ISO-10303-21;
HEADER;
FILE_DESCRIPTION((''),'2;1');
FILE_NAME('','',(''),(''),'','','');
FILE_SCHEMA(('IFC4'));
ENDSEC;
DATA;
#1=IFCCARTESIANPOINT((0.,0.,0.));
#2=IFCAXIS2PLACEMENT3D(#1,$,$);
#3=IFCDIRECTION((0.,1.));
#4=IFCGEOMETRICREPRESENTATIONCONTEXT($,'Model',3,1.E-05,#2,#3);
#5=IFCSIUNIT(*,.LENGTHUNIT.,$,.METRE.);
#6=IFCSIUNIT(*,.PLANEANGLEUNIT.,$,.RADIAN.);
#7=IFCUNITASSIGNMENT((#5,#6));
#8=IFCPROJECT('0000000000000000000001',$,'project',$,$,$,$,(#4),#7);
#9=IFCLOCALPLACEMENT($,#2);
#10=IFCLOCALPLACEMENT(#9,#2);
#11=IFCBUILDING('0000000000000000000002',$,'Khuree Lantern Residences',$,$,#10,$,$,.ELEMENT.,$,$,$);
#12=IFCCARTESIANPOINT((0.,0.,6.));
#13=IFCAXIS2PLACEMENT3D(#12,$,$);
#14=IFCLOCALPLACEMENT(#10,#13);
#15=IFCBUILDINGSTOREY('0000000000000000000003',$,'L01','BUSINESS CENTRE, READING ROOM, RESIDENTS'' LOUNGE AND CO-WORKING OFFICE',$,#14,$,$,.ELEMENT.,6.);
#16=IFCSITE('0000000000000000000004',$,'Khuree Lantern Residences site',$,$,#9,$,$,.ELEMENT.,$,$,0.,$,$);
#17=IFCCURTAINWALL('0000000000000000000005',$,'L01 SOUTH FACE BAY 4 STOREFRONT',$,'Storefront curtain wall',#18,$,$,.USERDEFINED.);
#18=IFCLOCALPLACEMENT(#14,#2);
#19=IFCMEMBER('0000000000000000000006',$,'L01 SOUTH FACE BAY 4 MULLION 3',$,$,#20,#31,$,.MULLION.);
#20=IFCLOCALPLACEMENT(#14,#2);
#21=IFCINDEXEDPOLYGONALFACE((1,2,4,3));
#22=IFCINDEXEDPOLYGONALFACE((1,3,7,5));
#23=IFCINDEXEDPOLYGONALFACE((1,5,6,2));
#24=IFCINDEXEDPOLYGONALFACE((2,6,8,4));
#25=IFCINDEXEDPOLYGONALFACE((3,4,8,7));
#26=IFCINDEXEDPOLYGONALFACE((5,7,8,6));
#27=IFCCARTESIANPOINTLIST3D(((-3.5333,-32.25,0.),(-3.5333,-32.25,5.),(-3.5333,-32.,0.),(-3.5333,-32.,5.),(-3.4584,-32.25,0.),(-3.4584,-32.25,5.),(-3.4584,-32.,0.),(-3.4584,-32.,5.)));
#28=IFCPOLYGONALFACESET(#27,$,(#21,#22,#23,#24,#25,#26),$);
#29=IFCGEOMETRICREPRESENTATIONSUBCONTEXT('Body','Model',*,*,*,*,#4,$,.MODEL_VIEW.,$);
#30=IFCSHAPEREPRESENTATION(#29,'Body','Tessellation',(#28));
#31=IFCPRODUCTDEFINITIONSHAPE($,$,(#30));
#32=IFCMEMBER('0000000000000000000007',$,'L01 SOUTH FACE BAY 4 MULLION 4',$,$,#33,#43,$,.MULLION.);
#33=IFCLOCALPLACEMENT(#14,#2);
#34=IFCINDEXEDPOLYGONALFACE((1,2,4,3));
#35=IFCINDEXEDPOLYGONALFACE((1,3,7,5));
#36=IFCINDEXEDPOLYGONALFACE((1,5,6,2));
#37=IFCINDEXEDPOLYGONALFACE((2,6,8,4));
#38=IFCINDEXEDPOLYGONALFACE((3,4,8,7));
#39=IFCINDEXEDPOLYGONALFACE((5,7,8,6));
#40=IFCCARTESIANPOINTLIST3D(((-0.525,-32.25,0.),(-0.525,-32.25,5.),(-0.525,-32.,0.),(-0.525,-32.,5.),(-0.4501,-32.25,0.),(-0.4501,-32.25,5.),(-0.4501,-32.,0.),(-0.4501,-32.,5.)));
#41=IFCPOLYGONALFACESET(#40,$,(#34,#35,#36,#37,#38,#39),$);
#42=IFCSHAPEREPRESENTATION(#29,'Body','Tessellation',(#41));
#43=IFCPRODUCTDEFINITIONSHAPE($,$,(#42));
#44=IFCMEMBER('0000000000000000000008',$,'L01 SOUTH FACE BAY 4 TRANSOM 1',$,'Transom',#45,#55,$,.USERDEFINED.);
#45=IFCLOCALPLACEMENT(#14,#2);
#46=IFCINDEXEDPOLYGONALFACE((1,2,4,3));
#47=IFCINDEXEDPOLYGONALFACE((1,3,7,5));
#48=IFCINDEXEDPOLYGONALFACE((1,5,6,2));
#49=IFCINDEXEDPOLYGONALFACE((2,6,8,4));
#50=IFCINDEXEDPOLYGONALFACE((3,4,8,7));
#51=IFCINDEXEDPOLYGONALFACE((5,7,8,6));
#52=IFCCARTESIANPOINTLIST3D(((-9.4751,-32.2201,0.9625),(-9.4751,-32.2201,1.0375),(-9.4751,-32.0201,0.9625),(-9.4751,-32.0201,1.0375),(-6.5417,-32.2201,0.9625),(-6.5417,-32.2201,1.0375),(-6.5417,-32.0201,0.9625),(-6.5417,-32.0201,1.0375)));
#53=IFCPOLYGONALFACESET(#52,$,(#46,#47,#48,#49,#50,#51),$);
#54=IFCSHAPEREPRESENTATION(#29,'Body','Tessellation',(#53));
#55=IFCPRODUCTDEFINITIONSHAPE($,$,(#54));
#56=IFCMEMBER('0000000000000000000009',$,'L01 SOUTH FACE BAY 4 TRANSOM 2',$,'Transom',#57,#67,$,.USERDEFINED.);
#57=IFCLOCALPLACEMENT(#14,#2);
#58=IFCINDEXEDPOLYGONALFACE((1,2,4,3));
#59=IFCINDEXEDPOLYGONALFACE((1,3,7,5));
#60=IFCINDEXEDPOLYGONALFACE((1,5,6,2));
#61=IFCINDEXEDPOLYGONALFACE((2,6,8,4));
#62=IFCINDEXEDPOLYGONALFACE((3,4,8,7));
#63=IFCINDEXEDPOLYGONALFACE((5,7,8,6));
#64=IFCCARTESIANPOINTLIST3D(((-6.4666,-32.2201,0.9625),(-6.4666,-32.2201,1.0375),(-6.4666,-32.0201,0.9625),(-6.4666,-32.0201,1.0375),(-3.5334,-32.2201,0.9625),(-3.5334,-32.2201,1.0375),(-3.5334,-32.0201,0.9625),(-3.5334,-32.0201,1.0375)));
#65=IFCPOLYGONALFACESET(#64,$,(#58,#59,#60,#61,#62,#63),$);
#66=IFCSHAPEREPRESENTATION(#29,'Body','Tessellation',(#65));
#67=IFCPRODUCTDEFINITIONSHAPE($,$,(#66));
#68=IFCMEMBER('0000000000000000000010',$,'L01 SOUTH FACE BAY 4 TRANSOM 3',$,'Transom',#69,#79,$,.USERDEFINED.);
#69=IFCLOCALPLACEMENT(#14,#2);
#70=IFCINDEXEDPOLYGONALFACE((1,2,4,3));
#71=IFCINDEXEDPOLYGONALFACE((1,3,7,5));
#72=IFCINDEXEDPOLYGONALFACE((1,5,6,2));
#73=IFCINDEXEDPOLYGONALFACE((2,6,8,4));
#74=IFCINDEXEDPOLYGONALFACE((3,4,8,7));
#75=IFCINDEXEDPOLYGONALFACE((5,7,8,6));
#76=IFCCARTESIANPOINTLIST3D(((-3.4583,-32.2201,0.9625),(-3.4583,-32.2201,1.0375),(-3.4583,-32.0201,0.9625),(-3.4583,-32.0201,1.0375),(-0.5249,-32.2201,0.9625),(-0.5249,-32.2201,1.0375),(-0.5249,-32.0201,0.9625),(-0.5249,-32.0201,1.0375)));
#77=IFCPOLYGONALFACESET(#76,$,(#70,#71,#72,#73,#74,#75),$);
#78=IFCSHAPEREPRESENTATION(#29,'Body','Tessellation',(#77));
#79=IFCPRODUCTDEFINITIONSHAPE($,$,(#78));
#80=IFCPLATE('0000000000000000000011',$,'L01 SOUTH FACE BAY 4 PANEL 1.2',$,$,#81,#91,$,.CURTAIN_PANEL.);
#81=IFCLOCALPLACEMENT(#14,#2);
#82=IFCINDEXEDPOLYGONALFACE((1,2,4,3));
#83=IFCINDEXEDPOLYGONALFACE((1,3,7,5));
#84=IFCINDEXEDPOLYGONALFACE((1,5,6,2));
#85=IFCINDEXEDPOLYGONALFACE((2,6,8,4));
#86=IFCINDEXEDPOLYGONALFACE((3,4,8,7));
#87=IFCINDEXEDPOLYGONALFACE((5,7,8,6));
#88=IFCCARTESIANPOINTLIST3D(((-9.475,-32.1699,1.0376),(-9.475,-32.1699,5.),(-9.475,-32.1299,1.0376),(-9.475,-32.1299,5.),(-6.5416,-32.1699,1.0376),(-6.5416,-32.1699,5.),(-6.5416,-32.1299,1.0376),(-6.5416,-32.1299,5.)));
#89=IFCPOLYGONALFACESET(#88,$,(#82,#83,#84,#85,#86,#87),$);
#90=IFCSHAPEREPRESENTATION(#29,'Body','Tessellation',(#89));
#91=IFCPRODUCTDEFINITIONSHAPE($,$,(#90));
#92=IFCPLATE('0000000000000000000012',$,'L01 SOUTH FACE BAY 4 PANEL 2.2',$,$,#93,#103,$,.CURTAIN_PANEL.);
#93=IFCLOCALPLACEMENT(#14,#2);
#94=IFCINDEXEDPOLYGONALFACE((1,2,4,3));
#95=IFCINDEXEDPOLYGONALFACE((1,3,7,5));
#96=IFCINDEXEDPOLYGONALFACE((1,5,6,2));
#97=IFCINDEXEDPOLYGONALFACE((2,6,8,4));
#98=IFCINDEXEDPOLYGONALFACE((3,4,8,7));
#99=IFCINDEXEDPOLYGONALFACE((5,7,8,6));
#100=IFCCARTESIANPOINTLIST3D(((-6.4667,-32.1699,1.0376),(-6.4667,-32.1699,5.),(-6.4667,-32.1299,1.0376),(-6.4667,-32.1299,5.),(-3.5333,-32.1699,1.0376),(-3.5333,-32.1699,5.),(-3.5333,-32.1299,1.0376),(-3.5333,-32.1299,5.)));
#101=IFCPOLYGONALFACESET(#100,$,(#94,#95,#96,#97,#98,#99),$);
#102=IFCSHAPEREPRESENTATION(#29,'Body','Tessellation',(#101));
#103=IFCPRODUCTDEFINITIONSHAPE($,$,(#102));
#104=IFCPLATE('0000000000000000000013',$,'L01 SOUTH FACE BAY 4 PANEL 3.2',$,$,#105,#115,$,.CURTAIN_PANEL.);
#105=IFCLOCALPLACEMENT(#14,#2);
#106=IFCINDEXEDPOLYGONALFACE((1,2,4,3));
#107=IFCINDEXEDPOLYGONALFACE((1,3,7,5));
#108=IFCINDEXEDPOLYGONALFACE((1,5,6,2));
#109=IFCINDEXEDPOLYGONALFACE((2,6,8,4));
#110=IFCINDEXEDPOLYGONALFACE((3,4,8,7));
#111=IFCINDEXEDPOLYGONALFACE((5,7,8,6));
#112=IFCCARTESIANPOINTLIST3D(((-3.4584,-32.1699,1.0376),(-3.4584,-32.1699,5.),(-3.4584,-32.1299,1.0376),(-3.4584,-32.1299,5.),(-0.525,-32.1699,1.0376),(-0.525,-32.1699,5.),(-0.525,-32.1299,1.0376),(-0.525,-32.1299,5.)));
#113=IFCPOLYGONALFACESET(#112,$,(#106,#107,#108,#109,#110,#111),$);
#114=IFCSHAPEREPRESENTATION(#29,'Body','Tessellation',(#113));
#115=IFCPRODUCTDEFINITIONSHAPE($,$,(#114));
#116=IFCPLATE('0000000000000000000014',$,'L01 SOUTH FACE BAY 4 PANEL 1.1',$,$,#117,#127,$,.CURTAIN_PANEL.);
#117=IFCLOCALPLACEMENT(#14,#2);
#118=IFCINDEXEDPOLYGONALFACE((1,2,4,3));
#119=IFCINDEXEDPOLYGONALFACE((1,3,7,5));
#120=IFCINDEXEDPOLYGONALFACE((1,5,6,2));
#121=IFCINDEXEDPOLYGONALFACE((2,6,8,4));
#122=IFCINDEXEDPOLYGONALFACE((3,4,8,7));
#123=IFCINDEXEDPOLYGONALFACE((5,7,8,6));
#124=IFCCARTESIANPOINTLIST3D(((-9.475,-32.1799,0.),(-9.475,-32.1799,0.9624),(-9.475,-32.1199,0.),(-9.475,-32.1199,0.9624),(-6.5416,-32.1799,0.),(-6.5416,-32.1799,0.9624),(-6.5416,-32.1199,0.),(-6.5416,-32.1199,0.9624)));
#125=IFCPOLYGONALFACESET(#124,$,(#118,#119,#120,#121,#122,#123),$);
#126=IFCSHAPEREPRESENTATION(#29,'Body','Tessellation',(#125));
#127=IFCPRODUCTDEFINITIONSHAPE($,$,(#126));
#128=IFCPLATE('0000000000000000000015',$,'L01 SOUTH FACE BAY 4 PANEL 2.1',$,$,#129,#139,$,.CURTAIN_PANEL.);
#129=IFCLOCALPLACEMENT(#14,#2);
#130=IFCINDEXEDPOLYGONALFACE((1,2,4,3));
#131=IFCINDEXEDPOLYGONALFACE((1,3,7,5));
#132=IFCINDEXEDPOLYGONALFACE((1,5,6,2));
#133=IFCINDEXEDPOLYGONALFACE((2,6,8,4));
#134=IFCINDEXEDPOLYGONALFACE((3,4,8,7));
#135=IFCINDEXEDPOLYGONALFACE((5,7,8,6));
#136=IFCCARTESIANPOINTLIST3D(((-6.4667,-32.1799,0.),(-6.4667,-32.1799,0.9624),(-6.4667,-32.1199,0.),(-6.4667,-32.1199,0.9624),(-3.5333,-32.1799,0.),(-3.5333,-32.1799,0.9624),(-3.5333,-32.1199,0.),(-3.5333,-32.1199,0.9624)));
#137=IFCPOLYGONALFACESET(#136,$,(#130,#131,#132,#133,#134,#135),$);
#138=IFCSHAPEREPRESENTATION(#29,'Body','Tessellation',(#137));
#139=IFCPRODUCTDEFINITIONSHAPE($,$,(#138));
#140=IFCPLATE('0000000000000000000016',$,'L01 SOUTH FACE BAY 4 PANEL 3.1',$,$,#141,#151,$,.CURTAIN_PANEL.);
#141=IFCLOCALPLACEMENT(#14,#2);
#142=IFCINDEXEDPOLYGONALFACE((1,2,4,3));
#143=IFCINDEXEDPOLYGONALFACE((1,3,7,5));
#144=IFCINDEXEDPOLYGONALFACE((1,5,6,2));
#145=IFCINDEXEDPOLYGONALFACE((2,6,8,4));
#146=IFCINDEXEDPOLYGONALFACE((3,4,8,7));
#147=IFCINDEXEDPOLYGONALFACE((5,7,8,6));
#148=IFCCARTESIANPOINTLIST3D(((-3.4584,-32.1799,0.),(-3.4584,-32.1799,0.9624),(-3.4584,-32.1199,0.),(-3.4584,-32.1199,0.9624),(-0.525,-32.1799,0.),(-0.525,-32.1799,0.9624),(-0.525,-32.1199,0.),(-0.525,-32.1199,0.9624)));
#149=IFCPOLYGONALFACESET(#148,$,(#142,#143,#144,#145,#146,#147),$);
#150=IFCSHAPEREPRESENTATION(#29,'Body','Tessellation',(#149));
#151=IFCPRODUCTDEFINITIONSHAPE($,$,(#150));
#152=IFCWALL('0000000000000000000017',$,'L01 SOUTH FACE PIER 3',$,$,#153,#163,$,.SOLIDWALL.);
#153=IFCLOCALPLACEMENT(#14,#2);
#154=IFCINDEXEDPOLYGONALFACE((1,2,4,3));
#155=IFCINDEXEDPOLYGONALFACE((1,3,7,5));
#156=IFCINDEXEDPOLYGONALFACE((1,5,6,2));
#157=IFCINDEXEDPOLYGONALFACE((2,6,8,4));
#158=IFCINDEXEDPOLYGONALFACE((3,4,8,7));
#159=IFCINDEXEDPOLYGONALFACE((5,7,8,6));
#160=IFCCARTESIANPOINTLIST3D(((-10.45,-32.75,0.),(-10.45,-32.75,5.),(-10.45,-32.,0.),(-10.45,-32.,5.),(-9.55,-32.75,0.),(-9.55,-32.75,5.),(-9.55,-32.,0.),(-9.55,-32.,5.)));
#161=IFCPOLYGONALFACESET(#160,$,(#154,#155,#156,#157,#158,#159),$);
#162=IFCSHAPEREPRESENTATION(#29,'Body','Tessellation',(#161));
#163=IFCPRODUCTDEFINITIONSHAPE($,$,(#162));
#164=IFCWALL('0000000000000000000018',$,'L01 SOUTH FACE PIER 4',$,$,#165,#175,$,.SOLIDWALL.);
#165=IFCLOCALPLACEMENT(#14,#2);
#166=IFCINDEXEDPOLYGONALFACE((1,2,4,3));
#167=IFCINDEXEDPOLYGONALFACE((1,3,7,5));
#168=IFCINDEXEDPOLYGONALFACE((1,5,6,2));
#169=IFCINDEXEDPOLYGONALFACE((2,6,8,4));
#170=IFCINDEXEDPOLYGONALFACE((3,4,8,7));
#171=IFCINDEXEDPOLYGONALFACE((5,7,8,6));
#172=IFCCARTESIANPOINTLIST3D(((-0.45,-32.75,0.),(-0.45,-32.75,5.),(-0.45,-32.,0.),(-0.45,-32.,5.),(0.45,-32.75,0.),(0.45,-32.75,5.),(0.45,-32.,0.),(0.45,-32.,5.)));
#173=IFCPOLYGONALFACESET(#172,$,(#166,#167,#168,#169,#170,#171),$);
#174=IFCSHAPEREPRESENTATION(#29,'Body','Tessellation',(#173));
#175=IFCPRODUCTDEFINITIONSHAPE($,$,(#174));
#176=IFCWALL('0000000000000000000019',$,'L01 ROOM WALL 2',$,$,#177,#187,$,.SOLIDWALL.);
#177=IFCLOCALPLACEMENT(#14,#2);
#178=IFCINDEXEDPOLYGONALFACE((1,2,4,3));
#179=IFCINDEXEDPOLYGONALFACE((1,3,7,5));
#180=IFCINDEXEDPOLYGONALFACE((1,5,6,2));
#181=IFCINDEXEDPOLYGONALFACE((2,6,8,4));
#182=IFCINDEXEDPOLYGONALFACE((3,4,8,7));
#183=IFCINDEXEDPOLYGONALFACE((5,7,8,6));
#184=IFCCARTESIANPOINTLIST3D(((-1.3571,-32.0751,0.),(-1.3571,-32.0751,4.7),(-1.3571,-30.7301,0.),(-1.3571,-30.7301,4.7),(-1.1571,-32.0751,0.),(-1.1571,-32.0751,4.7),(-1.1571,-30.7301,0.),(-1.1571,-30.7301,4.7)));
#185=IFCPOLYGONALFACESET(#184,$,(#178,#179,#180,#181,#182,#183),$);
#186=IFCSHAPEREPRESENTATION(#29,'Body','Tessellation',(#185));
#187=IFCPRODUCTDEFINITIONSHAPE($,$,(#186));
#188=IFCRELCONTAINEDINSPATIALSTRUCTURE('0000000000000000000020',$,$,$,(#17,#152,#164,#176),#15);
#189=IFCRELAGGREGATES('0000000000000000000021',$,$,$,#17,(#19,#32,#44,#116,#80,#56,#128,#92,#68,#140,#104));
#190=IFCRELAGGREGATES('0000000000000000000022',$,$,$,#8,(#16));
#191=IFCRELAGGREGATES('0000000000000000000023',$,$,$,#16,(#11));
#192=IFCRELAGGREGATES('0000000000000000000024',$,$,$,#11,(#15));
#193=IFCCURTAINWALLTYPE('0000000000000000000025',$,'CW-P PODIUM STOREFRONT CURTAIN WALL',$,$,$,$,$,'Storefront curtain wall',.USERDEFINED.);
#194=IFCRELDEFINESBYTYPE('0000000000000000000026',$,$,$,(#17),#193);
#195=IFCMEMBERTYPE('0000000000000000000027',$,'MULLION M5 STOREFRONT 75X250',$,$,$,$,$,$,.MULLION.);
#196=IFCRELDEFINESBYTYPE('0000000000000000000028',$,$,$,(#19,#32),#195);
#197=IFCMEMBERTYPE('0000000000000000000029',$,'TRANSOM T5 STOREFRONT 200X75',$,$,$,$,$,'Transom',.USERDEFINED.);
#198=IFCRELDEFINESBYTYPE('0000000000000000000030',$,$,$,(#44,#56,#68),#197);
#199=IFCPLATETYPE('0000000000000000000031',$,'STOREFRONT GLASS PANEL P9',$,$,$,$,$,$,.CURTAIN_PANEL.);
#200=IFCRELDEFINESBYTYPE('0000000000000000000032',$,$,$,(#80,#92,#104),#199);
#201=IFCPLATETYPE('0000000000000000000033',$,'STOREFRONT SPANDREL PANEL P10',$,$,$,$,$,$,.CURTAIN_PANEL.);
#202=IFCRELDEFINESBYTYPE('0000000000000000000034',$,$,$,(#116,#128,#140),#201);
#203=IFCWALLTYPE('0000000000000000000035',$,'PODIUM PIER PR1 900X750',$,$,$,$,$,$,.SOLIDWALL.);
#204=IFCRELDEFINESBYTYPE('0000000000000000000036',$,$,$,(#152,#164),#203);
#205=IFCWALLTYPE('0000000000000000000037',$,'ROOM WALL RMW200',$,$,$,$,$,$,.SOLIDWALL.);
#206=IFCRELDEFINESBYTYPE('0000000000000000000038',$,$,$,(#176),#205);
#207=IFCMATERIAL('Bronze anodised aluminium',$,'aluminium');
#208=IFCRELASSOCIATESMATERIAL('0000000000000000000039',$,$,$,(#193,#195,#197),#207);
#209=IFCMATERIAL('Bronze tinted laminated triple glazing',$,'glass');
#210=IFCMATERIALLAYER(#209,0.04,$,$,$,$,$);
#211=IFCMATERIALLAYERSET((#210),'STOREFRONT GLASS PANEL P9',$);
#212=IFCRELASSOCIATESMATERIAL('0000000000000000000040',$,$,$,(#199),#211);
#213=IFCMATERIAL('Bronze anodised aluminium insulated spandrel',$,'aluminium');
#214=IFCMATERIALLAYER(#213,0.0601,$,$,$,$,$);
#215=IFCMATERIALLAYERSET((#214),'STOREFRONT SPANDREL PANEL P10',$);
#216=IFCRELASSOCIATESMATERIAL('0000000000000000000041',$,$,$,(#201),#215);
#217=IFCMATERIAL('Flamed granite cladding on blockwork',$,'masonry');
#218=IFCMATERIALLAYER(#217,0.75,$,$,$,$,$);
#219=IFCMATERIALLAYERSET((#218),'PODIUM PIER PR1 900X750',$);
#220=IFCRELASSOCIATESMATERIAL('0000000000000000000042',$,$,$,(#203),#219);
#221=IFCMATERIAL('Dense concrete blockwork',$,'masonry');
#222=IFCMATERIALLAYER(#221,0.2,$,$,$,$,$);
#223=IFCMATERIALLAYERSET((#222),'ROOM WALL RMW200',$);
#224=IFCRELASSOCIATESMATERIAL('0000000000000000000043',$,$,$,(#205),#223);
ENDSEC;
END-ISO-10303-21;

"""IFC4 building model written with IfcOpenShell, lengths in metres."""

from ifc_helpers import new_model, si_unit, direction, frame, frame_2d, origin, origin_2d, place, context, subcontext, project, spatial, rectangle, extrude, material, layer, layer_set, material_profile, profile_set, type_object, element, aggregate, save


model = new_model("IFC4")

# Units and contexts
model_context = context("Model", 3, precision=1e-05, world=origin(), true_north=direction((0.0, 1.0)))
body_context = subcontext(model_context, "Body", "Model", "MODEL_VIEW")
ifc_project = project(units=[si_unit("LENGTHUNIT", "METRE"), si_unit("PLANEANGLEUNIT", "RADIAN")], contexts=[model_context])

# Site, building, storey
site_placement = place(None, origin())
site = spatial("IfcSite", under=ifc_project, at=site_placement, Name="Khuree Lantern Residences site", CompositionType="ELEMENT", RefElevation=0.0)
building_placement = place(site_placement, origin())
building = spatial("IfcBuilding", under=site, at=building_placement, Name="Khuree Lantern Residences", CompositionType="ELEMENT")
storey_placement = place(building_placement, frame((0.0, 0.0, 6.0)))
storey = spatial("IfcBuildingStorey", under=building, at=storey_placement, Name="L01", Description="BUSINESS CENTRE, READING ROOM, RESIDENTS' LOUNGE AND CO-WORKING OFFICE", CompositionType="ELEMENT", Elevation=6.0)

# Curtain wall, members, plates
ifc_material_1 = material(Name="Bronze anodised aluminium", Category="aluminium")
curtain_wall_type = type_object("IfcCurtainWallType", Name="CW-P PODIUM STOREFRONT CURTAIN WALL", ElementType="Storefront curtain wall", PredefinedType="USERDEFINED", material=ifc_material_1)
curtain_wall_placement = place(storey_placement, origin())
curtain_wall = element("IfcCurtainWall", 1, at=curtain_wall_placement, inside=storey, type_object=curtain_wall_type, Name="L01 SOUTH FACE BAY 4 STOREFRONT", ObjectType="Storefront curtain wall", PredefinedType="USERDEFINED")
ifc_material_profile_1 = material_profile(ifc_material_1, rectangle(XDim=0.075, YDim=0.25, at=origin_2d()), Name="M5 75X250")
ifc_profile_set_1 = profile_set([ifc_material_profile_1], Name="Bronze anodised aluminium")
member_type_1 = type_object("IfcMemberType", Name="MULLION M5 STOREFRONT 75X250", PredefinedType="MULLION", material=ifc_profile_set_1)
member_1_placement = place(storey_placement, frame((-3.4958, -32.125, 0.0), z_axis=(0.0, 0.0, 1.0), x_axis=(1.0, 0.0, 0.0)))
member_1 = element("IfcMember", 2, at=member_1_placement, type_object=member_type_1, Name="L01 SOUTH FACE BAY 4 MULLION 3", PredefinedType="MULLION", context=body_context, shape_type="SweptSolid", body=[
    extrude(rectangle(XDim=0.075, YDim=0.25, at=origin_2d()), origin(), (0.0, 0.0, 1.0), 5.0),
])
member_2_placement = place(storey_placement, frame((-0.4875, -32.125, 0.0), z_axis=(0.0, 0.0, 1.0), x_axis=(1.0, 0.0, 0.0)))
member_2 = element("IfcMember", 3, at=member_2_placement, type_object=member_type_1, Name="L01 SOUTH FACE BAY 4 MULLION 4", PredefinedType="MULLION", context=body_context, shape_type="SweptSolid", body=[
    extrude(rectangle(XDim=0.075, YDim=0.25, at=origin_2d()), origin(), (0.0, 0.0, 1.0), 5.0),
])
ifc_material_profile_2 = material_profile(ifc_material_1, rectangle(XDim=0.2, YDim=0.075, at=origin_2d()), Name="T5 200X75")
ifc_profile_set_2 = profile_set([ifc_material_profile_2], Name="Bronze anodised aluminium")
member_type_2 = type_object("IfcMemberType", Name="TRANSOM T5 STOREFRONT 200X75", ElementType="Transom", PredefinedType="USERDEFINED", material=ifc_profile_set_2)
member_3_placement = place(storey_placement, frame((-9.4751, -32.1201, 1.0), z_axis=(1.0, 0.0, 0.0), x_axis=(0.0, 1.0, 0.0)))
member_3 = element("IfcMember", 4, at=member_3_placement, type_object=member_type_2, Name="L01 SOUTH FACE BAY 4 TRANSOM 1", ObjectType="Transom", PredefinedType="USERDEFINED", context=body_context, shape_type="SweptSolid", body=[
    extrude(rectangle(XDim=0.2, YDim=0.075, at=origin_2d()), origin(), (0.0, 0.0, 1.0), 2.9333),
])
member_4_placement = place(storey_placement, frame((-6.4666, -32.1201, 1.0), z_axis=(1.0, 0.0, 0.0), x_axis=(0.0, 1.0, 0.0)))
member_4 = element("IfcMember", 5, at=member_4_placement, type_object=member_type_2, Name="L01 SOUTH FACE BAY 4 TRANSOM 2", ObjectType="Transom", PredefinedType="USERDEFINED", context=body_context, shape_type="SweptSolid", body=[
    extrude(rectangle(XDim=0.2, YDim=0.075, at=origin_2d()), origin(), (0.0, 0.0, 1.0), 2.9331),
])
member_5_placement = place(storey_placement, frame((-3.4583, -32.1201, 1.0), z_axis=(1.0, 0.0, 0.0), x_axis=(0.0, 1.0, 0.0)))
member_5 = element("IfcMember", 6, at=member_5_placement, type_object=member_type_2, Name="L01 SOUTH FACE BAY 4 TRANSOM 3", ObjectType="Transom", PredefinedType="USERDEFINED", context=body_context, shape_type="SweptSolid", body=[
    extrude(rectangle(XDim=0.2, YDim=0.075, at=origin_2d()), origin(), (0.0, 0.0, 1.0), 2.9333),
])
ifc_material_2 = material(Name="Bronze tinted laminated triple glazing", Category="glass")
ifc_layer_1 = layer(ifc_material_2, 0.04)
ifc_layer_set_1 = layer_set([ifc_layer_1], Name="STOREFRONT GLASS PANEL P9")
plate_type_1 = type_object("IfcPlateType", Name="STOREFRONT GLASS PANEL P9", PredefinedType="CURTAIN_PANEL", material=ifc_layer_set_1)
plate_1_placement = place(storey_placement, frame((-8.0083, -32.1499, 1.0376), z_axis=(0.0, 0.0, 1.0), x_axis=(1.0, 0.0, 0.0)))
plate_1 = element("IfcPlate", 7, at=plate_1_placement, type_object=plate_type_1, Name="L01 SOUTH FACE BAY 4 PANEL 1.2", PredefinedType="CURTAIN_PANEL", context=body_context, shape_type="SweptSolid", body=[
    extrude(rectangle(XDim=2.9333, YDim=0.04, at=origin_2d()), origin(), (0.0, 0.0, 1.0), 3.9624),
])
plate_2_placement = place(storey_placement, frame((-5.0, -32.1499, 1.0376), z_axis=(0.0, 0.0, 1.0), x_axis=(1.0, 0.0, 0.0)))
plate_2 = element("IfcPlate", 8, at=plate_2_placement, type_object=plate_type_1, Name="L01 SOUTH FACE BAY 4 PANEL 2.2", PredefinedType="CURTAIN_PANEL", context=body_context, shape_type="SweptSolid", body=[
    extrude(rectangle(XDim=2.9333, YDim=0.04, at=origin_2d()), origin(), (0.0, 0.0, 1.0), 3.9624),
])
plate_3_placement = place(storey_placement, frame((-1.9917, -32.1499, 1.0376), z_axis=(0.0, 0.0, 1.0), x_axis=(1.0, 0.0, 0.0)))
plate_3 = element("IfcPlate", 9, at=plate_3_placement, type_object=plate_type_1, Name="L01 SOUTH FACE BAY 4 PANEL 3.2", PredefinedType="CURTAIN_PANEL", context=body_context, shape_type="SweptSolid", body=[
    extrude(rectangle(XDim=2.9333, YDim=0.04, at=origin_2d()), origin(), (0.0, 0.0, 1.0), 3.9624),
])
ifc_material_3 = material(Name="Bronze anodised aluminium insulated spandrel", Category="aluminium")
ifc_layer_2 = layer(ifc_material_3, 0.0601)
ifc_layer_set_2 = layer_set([ifc_layer_2], Name="STOREFRONT SPANDREL PANEL P10")
plate_type_2 = type_object("IfcPlateType", Name="STOREFRONT SPANDREL PANEL P10", PredefinedType="CURTAIN_PANEL", material=ifc_layer_set_2)
plate_4_placement = place(storey_placement, frame((-8.0083, -32.1499, 0.0), z_axis=(0.0, 0.0, 1.0), x_axis=(1.0, 0.0, 0.0)))
plate_4 = element("IfcPlate", 10, at=plate_4_placement, type_object=plate_type_2, Name="L01 SOUTH FACE BAY 4 PANEL 1.1", PredefinedType="CURTAIN_PANEL", context=body_context, shape_type="SweptSolid", body=[
    extrude(rectangle(XDim=2.9333, YDim=0.0601, at=origin_2d()), origin(), (0.0, 0.0, 1.0), 0.9624),
])
plate_5_placement = place(storey_placement, frame((-5.0, -32.1499, 0.0), z_axis=(0.0, 0.0, 1.0), x_axis=(1.0, 0.0, 0.0)))
plate_5 = element("IfcPlate", 11, at=plate_5_placement, type_object=plate_type_2, Name="L01 SOUTH FACE BAY 4 PANEL 2.1", PredefinedType="CURTAIN_PANEL", context=body_context, shape_type="SweptSolid", body=[
    extrude(rectangle(XDim=2.9333, YDim=0.0601, at=origin_2d()), origin(), (0.0, 0.0, 1.0), 0.9624),
])
plate_6_placement = place(storey_placement, frame((-1.9917, -32.1499, 0.0), z_axis=(0.0, 0.0, 1.0), x_axis=(1.0, 0.0, 0.0)))
plate_6 = element("IfcPlate", 12, at=plate_6_placement, type_object=plate_type_2, Name="L01 SOUTH FACE BAY 4 PANEL 3.1", PredefinedType="CURTAIN_PANEL", context=body_context, shape_type="SweptSolid", body=[
    extrude(rectangle(XDim=2.9333, YDim=0.0601, at=origin_2d()), origin(), (0.0, 0.0, 1.0), 0.9624),
])
aggregate(curtain_wall, [member_1, member_2, member_3, plate_4, plate_1, member_4, plate_5, plate_2, member_5, plate_6, plate_3])

# Walls
ifc_material_4 = material(Name="Flamed granite cladding on blockwork", Category="masonry")
ifc_layer_3 = layer(ifc_material_4, 0.75)
ifc_layer_set_3 = layer_set([ifc_layer_3], Name="PODIUM PIER PR1 900X750")
wall_type_1 = type_object("IfcWallType", Name="PODIUM PIER PR1 900X750", PredefinedType="SOLIDWALL", material=ifc_layer_set_3)
for number, where, z_axis, x_axis, name in (
    (13, (-10.45, -32.375, 0.0), (0.0, 0.0, 1.0), (1.0, 0.0, 0.0), "L01 SOUTH FACE PIER 3"),
    (14, (-0.45, -32.375, 0.0), (0.0, 0.0, 1.0), (1.0, 0.0, 0.0), "L01 SOUTH FACE PIER 4"),
):
    element("IfcWall", number, at=place(storey_placement, frame(where, z_axis=z_axis, x_axis=x_axis)), inside=storey, type_object=wall_type_1, Name=name, PredefinedType="SOLIDWALL", context=body_context, shape_type="SweptSolid", body=[
        extrude(rectangle(XDim=0.8999, YDim=0.75, at=frame_2d((0.45, 0.0))), origin(), (0.0, 0.0, 1.0), 5.0),
    ])
ifc_material_5 = material(Name="Dense concrete blockwork", Category="masonry")
ifc_layer_4 = layer(ifc_material_5, 0.2)
ifc_layer_set_4 = layer_set([ifc_layer_4], Name="ROOM WALL RMW200")
wall_type_2 = type_object("IfcWallType", Name="ROOM WALL RMW200", PredefinedType="SOLIDWALL", material=ifc_layer_set_4)
wall_1_placement = place(storey_placement, frame((-1.2571, -32.075, 0.0), z_axis=(0.0, 0.0, 1.0), x_axis=(0.0, 1.0, 0.0)))
element("IfcWall", 15, at=wall_1_placement, inside=storey, type_object=wall_type_2, Name="L01 ROOM WALL 2", PredefinedType="SOLIDWALL", context=body_context, shape_type="SweptSolid", body=[
    extrude(rectangle(XDim=1.345, YDim=0.2, at=frame_2d((0.6724, 0.0))), origin(), (0.0, 0.0, 1.0), 4.7),
])

save(model, "model.ifc")
